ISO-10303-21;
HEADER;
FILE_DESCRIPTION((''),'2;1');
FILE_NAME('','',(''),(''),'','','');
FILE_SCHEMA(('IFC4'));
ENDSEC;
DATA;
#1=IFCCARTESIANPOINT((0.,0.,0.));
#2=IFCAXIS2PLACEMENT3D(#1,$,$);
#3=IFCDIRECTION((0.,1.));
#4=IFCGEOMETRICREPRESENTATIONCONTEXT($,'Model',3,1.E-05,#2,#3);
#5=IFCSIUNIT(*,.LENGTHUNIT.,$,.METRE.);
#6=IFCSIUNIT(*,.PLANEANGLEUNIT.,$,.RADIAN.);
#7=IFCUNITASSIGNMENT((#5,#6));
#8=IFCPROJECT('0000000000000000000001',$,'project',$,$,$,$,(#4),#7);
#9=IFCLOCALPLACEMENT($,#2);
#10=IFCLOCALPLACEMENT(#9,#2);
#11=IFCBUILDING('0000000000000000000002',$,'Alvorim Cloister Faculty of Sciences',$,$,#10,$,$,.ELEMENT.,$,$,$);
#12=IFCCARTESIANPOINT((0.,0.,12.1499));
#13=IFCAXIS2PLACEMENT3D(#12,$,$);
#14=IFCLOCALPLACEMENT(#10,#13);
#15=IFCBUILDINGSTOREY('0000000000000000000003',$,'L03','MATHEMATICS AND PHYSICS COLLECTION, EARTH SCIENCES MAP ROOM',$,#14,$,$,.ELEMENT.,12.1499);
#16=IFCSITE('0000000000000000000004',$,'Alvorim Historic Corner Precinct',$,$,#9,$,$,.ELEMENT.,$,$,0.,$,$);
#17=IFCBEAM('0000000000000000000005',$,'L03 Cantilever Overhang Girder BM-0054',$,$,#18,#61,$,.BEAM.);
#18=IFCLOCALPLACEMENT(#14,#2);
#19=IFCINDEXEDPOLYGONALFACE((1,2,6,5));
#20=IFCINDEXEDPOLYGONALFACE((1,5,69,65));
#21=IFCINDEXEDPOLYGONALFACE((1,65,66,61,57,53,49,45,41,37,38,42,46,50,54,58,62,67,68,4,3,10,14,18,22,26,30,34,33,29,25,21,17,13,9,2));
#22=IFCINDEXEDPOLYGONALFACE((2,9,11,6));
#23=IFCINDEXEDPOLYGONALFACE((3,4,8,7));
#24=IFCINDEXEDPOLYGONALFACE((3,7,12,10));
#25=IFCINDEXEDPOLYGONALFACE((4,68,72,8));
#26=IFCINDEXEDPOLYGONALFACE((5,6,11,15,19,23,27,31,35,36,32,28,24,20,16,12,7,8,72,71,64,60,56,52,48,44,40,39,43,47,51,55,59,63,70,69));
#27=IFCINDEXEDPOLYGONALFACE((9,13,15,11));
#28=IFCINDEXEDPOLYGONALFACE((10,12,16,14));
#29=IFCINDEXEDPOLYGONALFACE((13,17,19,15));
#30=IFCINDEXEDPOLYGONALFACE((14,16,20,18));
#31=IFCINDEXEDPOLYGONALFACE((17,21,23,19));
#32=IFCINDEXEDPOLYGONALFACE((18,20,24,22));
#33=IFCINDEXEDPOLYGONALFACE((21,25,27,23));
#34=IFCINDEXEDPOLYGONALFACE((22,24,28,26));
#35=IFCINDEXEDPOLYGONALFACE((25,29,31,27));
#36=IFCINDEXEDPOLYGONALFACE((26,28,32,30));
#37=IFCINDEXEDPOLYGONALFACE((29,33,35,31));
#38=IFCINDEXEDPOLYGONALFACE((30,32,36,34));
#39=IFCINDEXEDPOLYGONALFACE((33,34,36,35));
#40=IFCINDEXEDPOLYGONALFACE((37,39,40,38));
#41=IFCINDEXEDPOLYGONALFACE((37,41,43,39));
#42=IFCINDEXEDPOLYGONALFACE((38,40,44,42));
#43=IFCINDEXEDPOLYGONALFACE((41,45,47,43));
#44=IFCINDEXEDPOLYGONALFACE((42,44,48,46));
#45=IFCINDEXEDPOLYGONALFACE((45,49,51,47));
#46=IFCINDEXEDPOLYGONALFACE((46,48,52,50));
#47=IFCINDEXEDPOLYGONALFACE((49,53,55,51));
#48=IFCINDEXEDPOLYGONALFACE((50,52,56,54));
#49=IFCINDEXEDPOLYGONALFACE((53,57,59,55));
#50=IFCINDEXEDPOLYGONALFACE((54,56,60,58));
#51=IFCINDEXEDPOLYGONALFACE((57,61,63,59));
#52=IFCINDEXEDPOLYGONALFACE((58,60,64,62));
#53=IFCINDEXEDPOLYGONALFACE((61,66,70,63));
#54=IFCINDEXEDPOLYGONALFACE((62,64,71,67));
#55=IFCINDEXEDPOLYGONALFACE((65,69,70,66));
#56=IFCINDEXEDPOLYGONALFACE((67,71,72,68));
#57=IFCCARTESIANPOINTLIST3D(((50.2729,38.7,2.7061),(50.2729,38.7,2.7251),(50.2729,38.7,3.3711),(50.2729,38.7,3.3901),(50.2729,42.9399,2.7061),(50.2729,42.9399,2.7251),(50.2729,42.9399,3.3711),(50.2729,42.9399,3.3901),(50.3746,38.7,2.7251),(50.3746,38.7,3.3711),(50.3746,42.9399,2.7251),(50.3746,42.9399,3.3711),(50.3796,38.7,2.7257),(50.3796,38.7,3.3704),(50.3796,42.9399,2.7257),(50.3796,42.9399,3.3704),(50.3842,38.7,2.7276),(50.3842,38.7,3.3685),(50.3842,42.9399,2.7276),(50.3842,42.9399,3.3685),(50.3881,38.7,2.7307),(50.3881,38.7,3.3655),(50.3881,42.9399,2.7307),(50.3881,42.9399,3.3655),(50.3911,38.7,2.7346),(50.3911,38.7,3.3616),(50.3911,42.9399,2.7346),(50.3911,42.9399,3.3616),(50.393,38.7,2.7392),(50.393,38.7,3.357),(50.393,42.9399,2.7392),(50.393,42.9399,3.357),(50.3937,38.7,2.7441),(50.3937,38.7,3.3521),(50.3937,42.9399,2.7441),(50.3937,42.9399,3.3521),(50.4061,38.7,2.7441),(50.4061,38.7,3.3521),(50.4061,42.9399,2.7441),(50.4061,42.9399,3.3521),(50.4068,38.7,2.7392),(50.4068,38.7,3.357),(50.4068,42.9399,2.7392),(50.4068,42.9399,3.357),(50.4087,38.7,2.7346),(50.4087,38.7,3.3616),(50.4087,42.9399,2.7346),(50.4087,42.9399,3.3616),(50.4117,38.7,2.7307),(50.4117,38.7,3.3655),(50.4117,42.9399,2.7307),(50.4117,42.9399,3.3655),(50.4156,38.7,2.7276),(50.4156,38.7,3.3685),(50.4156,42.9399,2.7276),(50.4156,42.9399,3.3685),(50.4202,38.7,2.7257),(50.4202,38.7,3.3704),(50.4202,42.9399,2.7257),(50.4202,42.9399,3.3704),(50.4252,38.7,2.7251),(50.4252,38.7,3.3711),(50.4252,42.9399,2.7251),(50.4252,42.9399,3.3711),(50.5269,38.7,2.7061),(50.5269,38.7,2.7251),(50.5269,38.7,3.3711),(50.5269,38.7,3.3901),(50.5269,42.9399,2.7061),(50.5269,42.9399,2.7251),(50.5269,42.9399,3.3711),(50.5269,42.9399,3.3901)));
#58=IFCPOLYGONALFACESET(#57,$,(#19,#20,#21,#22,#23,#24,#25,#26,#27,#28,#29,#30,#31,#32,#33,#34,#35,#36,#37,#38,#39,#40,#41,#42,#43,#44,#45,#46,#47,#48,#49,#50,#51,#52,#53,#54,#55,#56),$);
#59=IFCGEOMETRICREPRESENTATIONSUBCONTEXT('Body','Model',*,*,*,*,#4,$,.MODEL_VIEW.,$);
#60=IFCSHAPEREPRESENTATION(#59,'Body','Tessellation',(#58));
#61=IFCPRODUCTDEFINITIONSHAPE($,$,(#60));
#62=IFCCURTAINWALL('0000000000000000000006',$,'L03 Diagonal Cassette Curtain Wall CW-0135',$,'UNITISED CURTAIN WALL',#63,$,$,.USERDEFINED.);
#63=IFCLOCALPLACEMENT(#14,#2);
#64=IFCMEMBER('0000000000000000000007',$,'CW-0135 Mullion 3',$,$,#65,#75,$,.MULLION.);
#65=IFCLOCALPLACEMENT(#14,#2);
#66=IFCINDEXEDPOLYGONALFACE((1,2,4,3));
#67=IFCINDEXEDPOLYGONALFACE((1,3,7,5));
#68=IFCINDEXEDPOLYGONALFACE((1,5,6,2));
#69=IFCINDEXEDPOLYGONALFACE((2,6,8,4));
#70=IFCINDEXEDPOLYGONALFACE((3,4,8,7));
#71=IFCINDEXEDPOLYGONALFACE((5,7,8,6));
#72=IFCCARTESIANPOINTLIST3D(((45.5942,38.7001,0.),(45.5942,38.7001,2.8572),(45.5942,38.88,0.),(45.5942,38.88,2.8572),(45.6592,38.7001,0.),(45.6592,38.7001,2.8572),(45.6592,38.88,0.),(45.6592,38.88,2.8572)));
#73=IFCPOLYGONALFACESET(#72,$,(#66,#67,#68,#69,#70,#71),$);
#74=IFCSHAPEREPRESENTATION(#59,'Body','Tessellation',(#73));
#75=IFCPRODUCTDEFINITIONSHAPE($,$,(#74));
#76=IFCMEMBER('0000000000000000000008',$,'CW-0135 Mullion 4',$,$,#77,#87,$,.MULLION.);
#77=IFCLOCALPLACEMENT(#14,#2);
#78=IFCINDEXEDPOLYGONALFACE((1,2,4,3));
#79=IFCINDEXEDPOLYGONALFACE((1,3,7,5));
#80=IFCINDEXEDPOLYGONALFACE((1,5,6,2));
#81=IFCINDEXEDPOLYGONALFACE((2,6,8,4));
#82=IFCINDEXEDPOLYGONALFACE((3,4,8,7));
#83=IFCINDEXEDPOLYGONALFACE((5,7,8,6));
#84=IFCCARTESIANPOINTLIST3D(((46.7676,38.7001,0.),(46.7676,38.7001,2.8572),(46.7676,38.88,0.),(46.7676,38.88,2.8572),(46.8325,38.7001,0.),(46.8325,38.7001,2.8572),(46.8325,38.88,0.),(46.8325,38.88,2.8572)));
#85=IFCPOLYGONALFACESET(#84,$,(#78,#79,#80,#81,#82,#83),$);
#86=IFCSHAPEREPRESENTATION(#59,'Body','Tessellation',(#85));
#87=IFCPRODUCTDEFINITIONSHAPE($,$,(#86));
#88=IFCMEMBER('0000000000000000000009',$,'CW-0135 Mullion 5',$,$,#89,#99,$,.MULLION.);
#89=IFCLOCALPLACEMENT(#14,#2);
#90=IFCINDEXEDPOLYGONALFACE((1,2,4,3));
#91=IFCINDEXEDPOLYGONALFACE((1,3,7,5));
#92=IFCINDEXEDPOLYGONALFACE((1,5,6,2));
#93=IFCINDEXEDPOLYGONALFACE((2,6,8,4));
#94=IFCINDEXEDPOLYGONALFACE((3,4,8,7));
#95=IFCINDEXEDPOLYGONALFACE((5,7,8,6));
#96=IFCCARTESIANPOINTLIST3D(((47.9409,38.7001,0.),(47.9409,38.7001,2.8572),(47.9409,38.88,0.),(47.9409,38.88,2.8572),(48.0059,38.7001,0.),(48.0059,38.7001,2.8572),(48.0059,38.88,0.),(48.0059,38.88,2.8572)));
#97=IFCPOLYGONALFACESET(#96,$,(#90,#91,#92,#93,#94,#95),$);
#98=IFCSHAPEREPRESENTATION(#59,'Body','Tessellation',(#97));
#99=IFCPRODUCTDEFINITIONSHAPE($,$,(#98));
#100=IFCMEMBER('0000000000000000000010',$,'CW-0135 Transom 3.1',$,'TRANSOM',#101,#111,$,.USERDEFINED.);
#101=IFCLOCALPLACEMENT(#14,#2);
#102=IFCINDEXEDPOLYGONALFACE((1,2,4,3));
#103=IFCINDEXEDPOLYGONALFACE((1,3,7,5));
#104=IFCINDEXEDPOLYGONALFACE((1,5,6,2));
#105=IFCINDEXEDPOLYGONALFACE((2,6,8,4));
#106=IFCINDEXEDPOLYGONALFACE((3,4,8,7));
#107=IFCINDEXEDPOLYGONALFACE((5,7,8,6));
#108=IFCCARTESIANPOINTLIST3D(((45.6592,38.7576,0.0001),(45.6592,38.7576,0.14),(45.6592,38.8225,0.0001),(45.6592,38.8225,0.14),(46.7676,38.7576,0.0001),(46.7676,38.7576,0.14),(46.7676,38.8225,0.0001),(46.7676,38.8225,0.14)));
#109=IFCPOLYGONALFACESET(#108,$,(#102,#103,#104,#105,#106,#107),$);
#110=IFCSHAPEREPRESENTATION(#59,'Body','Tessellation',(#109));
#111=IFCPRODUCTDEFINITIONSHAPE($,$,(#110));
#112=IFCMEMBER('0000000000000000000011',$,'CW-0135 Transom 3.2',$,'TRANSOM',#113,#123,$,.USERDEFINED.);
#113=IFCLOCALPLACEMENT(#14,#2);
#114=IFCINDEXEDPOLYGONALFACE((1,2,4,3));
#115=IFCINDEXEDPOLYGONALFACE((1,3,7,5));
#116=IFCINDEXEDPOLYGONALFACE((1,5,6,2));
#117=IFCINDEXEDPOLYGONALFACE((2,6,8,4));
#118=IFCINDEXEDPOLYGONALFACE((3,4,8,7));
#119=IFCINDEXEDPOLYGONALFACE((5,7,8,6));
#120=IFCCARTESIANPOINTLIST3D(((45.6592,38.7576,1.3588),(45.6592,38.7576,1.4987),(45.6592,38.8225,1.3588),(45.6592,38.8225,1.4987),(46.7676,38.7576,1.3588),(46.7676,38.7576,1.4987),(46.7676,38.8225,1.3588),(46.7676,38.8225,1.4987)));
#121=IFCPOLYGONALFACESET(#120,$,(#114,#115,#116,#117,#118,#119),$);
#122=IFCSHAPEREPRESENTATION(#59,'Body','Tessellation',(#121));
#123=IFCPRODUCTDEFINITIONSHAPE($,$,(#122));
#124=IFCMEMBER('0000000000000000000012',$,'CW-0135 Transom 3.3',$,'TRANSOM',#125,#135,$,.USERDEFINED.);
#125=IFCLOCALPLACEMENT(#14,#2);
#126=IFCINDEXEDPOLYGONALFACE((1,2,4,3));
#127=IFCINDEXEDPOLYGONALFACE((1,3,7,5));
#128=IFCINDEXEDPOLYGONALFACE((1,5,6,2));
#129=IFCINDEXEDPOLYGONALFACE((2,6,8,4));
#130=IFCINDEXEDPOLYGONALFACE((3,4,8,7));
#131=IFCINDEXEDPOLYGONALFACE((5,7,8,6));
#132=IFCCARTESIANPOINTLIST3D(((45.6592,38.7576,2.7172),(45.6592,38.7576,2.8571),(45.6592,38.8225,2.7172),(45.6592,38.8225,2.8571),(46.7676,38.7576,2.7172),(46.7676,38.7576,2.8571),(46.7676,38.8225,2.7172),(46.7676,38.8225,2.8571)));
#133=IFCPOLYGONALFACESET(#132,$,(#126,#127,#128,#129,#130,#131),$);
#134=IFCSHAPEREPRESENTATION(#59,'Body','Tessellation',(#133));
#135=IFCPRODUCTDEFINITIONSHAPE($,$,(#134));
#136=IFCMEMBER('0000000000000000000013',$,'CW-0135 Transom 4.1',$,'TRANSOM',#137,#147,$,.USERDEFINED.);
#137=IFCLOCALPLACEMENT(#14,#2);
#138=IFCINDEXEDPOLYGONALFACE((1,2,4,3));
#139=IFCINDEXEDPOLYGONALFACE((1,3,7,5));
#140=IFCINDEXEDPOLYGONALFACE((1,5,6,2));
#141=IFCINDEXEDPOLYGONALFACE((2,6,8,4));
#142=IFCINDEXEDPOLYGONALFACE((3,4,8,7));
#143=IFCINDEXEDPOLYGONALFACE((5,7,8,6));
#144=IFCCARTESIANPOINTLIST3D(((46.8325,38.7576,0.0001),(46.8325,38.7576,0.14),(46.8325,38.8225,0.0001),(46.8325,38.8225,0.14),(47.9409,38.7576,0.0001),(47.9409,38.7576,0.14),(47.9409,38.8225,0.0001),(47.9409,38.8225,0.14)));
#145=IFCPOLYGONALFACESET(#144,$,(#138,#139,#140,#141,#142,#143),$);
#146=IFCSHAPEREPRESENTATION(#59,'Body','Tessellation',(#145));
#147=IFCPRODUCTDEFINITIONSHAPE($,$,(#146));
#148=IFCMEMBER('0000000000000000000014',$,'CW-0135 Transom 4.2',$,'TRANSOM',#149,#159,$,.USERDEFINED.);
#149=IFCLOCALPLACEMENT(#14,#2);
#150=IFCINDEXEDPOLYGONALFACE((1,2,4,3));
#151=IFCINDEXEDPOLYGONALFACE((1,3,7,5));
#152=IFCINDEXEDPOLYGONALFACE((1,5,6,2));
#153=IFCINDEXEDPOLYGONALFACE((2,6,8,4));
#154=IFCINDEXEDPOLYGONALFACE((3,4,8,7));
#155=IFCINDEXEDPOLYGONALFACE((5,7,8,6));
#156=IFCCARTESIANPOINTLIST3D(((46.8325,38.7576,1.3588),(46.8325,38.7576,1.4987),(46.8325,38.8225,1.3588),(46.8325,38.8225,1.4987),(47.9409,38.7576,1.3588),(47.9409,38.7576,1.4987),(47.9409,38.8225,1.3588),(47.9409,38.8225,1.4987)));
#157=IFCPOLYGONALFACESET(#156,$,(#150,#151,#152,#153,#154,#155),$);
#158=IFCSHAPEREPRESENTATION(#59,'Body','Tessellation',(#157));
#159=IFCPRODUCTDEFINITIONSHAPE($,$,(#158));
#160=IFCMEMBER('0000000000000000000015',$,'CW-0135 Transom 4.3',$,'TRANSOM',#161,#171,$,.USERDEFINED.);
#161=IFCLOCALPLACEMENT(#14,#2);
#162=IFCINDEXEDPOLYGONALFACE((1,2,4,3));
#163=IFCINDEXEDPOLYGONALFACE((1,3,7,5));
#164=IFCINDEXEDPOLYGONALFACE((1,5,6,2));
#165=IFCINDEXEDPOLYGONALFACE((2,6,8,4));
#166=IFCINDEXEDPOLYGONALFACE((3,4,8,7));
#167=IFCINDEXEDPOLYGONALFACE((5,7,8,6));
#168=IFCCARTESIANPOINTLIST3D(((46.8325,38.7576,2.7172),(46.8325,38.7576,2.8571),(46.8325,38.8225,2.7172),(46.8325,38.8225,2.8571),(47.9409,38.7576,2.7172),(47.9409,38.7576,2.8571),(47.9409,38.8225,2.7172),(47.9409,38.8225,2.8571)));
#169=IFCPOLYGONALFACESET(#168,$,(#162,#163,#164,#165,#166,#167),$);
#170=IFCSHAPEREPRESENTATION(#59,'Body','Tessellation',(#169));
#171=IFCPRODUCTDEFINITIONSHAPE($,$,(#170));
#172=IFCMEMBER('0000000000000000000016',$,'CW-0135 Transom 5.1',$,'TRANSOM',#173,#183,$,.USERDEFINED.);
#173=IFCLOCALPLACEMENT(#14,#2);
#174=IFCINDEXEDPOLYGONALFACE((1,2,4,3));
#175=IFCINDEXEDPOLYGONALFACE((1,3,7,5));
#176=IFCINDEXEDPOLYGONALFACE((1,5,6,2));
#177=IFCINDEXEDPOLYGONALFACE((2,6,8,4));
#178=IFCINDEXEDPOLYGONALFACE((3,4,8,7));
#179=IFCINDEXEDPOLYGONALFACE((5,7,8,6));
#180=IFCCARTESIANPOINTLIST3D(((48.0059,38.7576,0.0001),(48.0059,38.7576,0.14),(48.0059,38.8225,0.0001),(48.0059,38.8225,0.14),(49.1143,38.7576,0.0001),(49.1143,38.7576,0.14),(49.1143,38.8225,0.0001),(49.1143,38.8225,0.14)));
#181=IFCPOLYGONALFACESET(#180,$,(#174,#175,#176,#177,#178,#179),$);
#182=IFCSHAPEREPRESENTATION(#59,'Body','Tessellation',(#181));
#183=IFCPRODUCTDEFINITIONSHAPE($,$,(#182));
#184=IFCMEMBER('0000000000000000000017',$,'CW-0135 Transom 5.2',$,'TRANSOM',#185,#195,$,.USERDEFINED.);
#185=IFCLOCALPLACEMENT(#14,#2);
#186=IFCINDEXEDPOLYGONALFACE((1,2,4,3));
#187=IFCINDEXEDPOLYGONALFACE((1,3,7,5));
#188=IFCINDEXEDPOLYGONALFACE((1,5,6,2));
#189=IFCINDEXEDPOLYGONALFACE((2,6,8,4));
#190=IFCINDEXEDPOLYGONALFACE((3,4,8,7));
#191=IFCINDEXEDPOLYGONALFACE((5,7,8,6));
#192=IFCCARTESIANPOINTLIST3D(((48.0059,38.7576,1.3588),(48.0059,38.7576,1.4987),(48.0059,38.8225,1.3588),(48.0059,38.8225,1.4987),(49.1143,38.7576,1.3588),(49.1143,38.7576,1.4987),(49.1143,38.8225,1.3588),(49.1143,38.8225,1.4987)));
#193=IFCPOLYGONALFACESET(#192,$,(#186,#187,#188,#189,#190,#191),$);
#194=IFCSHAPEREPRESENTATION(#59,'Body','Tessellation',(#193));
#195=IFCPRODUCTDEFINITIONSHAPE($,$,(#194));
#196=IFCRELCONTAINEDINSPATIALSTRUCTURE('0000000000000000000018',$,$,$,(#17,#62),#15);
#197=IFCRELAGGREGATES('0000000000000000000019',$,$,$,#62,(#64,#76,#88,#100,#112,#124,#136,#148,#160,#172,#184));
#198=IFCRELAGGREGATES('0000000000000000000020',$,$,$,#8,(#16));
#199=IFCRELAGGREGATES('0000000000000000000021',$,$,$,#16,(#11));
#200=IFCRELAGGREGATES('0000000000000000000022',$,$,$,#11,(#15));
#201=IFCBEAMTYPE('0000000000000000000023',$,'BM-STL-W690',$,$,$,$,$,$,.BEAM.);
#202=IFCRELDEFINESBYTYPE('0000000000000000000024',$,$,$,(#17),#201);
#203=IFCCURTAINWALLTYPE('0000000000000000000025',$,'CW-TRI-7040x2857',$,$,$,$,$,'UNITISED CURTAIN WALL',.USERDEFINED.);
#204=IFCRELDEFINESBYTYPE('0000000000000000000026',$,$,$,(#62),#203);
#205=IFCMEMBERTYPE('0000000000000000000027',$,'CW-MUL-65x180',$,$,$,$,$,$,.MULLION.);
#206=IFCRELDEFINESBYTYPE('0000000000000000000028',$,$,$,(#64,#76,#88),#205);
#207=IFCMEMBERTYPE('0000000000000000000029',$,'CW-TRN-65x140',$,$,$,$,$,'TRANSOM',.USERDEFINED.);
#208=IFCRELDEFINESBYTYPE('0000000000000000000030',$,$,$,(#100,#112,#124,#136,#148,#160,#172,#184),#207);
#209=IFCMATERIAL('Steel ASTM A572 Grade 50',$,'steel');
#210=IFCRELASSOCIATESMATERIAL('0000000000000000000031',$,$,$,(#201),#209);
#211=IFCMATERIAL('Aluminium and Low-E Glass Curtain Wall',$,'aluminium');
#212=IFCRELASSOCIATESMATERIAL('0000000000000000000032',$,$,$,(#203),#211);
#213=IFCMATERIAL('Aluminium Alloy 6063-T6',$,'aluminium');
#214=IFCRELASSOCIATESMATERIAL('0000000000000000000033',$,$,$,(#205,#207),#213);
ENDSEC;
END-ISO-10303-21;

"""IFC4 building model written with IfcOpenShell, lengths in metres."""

from ifc_helpers import new_model, si_unit, direction, frame, origin, origin_2d, place, context, subcontext, project, spatial, rectangle, i_section, extrude, material, material_profile, profile_set, type_object, element, aggregate, save


model = new_model("IFC4")

# Units and contexts
model_context = context("Model", 3, precision=1e-05, world=origin(), true_north=direction((0.0, 1.0)))
body_context = subcontext(model_context, "Body", "Model", "MODEL_VIEW")
ifc_project = project(units=[si_unit("LENGTHUNIT", "METRE"), si_unit("PLANEANGLEUNIT", "RADIAN")], contexts=[model_context])

# Site, building, storey
site_placement = place(None, origin())
site = spatial("IfcSite", under=ifc_project, at=site_placement, Name="Alvorim Historic Corner Precinct", CompositionType="ELEMENT", RefElevation=0.0)
building_placement = place(site_placement, origin())
building = spatial("IfcBuilding", under=site, at=building_placement, Name="Alvorim Cloister Faculty of Sciences", CompositionType="ELEMENT")
storey_placement = place(building_placement, frame((0.0, 0.0, 12.1499)))
storey = spatial("IfcBuildingStorey", under=building, at=storey_placement, Name="L03", Description="MATHEMATICS AND PHYSICS COLLECTION, EARTH SCIENCES MAP ROOM", CompositionType="ELEMENT", Elevation=12.1499)

# Beam
ifc_material_1 = material(Name="Steel ASTM A572 Grade 50", Category="steel")
ifc_material_profile_1 = material_profile(ifc_material_1, i_section(OverallWidth=0.2539, OverallDepth=0.6841, WebThickness=0.0125, FlangeThickness=0.019, FilletRadius=0.019, at=origin_2d()), Name="W690x140.0")
ifc_profile_set_1 = profile_set([ifc_material_profile_1], Name="Steel ASTM A572 Grade 50")
beam_type = type_object("IfcBeamType", Name="BM-STL-W690", PredefinedType="BEAM", material=ifc_profile_set_1)
beam_placement = place(storey_placement, frame((50.3999, 38.7, 3.0481), z_axis=(0.0, 1.0, 0.0), x_axis=(-1.0, 0.0, 0.0)))
element("IfcBeam", 1, at=beam_placement, inside=storey, type_object=beam_type, Name="L03 Cantilever Overhang Girder BM-0054", PredefinedType="BEAM", context=body_context, shape_type="SweptSolid", body=[
    extrude(i_section(OverallWidth=0.2539, OverallDepth=0.6841, WebThickness=0.0125, FlangeThickness=0.019, FilletRadius=0.019, at=origin_2d()), origin(), (0.0, 0.0, 1.0), 4.24),
])

# Curtain wall, members
ifc_material_2 = material(Name="Aluminium and Low-E Glass Curtain Wall", Category="aluminium")
curtain_wall_type = type_object("IfcCurtainWallType", Name="CW-TRI-7040x2857", ElementType="UNITISED CURTAIN WALL", PredefinedType="USERDEFINED", material=ifc_material_2)
curtain_wall_placement = place(storey_placement, origin())
curtain_wall = element("IfcCurtainWall", 2, at=curtain_wall_placement, inside=storey, type_object=curtain_wall_type, Name="L03 Diagonal Cassette Curtain Wall CW-0135", ObjectType="UNITISED CURTAIN WALL", PredefinedType="USERDEFINED")
ifc_material_3 = material(Name="Aluminium Alloy 6063-T6", Category="aluminium")
ifc_material_profile_2 = material_profile(ifc_material_3, rectangle(XDim=0.0649, YDim=0.1799, at=origin_2d()), Name="ALU-MUL-65x180")
ifc_profile_set_2 = profile_set([ifc_material_profile_2], Name="Aluminium Alloy 6063-T6")
member_type_1 = type_object("IfcMemberType", Name="CW-MUL-65x180", PredefinedType="MULLION", material=ifc_profile_set_2)
member_1_placement = place(storey_placement, frame((45.6267, 38.79, 0.0), z_axis=(0.0, 0.0, 1.0), x_axis=(1.0, 0.0, 0.0)))
member_1 = element("IfcMember", 3, at=member_1_placement, type_object=member_type_1, Name="CW-0135 Mullion 3", PredefinedType="MULLION", context=body_context, shape_type="SweptSolid", body=[
    extrude(rectangle(XDim=0.0649, YDim=0.1799, at=origin_2d()), origin(), (0.0, 0.0, 1.0), 2.8572),
])
member_2_placement = place(storey_placement, frame((46.8, 38.79, 0.0), z_axis=(0.0, 0.0, 1.0), x_axis=(1.0, 0.0, 0.0)))
member_2 = element("IfcMember", 4, at=member_2_placement, type_object=member_type_1, Name="CW-0135 Mullion 4", PredefinedType="MULLION", context=body_context, shape_type="SweptSolid", body=[
    extrude(rectangle(XDim=0.0649, YDim=0.1799, at=origin_2d()), origin(), (0.0, 0.0, 1.0), 2.8572),
])
member_3_placement = place(storey_placement, frame((47.9734, 38.79, 0.0), z_axis=(0.0, 0.0, 1.0), x_axis=(1.0, 0.0, 0.0)))
member_3 = element("IfcMember", 5, at=member_3_placement, type_object=member_type_1, Name="CW-0135 Mullion 5", PredefinedType="MULLION", context=body_context, shape_type="SweptSolid", body=[
    extrude(rectangle(XDim=0.0649, YDim=0.1799, at=origin_2d()), origin(), (0.0, 0.0, 1.0), 2.8572),
])
ifc_material_profile_3 = material_profile(ifc_material_3, rectangle(XDim=0.0649, YDim=0.1399, at=origin_2d()), Name="ALU-TRN-65x140")
ifc_profile_set_3 = profile_set([ifc_material_profile_3], Name="Aluminium Alloy 6063-T6")
member_type_2 = type_object("IfcMemberType", Name="CW-TRN-65x140", ElementType="TRANSOM", PredefinedType="USERDEFINED", material=ifc_profile_set_3)
member_4_placement = place(storey_placement, frame((45.6592, 38.79, 0.0701), z_axis=(1.0, 0.0, 0.0), x_axis=(0.0, 1.0, 0.0)))
member_4 = element("IfcMember", 6, at=member_4_placement, type_object=member_type_2, Name="CW-0135 Transom 3.1", ObjectType="TRANSOM", PredefinedType="USERDEFINED", context=body_context, shape_type="SweptSolid", body=[
    extrude(rectangle(XDim=0.0649, YDim=0.1399, at=origin_2d()), origin(), (0.0, 0.0, 1.0), 1.1084),
])
member_5_placement = place(storey_placement, frame((45.6592, 38.79, 1.4287), z_axis=(1.0, 0.0, 0.0), x_axis=(0.0, 1.0, 0.0)))
member_5 = element("IfcMember", 7, at=member_5_placement, type_object=member_type_2, Name="CW-0135 Transom 3.2", ObjectType="TRANSOM", PredefinedType="USERDEFINED", context=body_context, shape_type="SweptSolid", body=[
    extrude(rectangle(XDim=0.0649, YDim=0.1399, at=origin_2d()), origin(), (0.0, 0.0, 1.0), 1.1084),
])
member_6_placement = place(storey_placement, frame((45.6592, 38.79, 2.7871), z_axis=(1.0, 0.0, 0.0), x_axis=(0.0, 1.0, 0.0)))
member_6 = element("IfcMember", 8, at=member_6_placement, type_object=member_type_2, Name="CW-0135 Transom 3.3", ObjectType="TRANSOM", PredefinedType="USERDEFINED", context=body_context, shape_type="SweptSolid", body=[
    extrude(rectangle(XDim=0.0649, YDim=0.1399, at=origin_2d()), origin(), (0.0, 0.0, 1.0), 1.1084),
])
member_7_placement = place(storey_placement, frame((46.8325, 38.79, 0.0701), z_axis=(1.0, 0.0, 0.0), x_axis=(0.0, 1.0, 0.0)))
member_7 = element("IfcMember", 9, at=member_7_placement, type_object=member_type_2, Name="CW-0135 Transom 4.1", ObjectType="TRANSOM", PredefinedType="USERDEFINED", context=body_context, shape_type="SweptSolid", body=[
    extrude(rectangle(XDim=0.0649, YDim=0.1399, at=origin_2d()), origin(), (0.0, 0.0, 1.0), 1.1084),
])
member_8_placement = place(storey_placement, frame((46.8325, 38.79, 1.4287), z_axis=(1.0, 0.0, 0.0), x_axis=(0.0, 1.0, 0.0)))
member_8 = element("IfcMember", 10, at=member_8_placement, type_object=member_type_2, Name="CW-0135 Transom 4.2", ObjectType="TRANSOM", PredefinedType="USERDEFINED", context=body_context, shape_type="SweptSolid", body=[
    extrude(rectangle(XDim=0.0649, YDim=0.1399, at=origin_2d()), origin(), (0.0, 0.0, 1.0), 1.1084),
])
member_9_placement = place(storey_placement, frame((46.8325, 38.79, 2.7871), z_axis=(1.0, 0.0, 0.0), x_axis=(0.0, 1.0, 0.0)))
member_9 = element("IfcMember", 11, at=member_9_placement, type_object=member_type_2, Name="CW-0135 Transom 4.3", ObjectType="TRANSOM", PredefinedType="USERDEFINED", context=body_context, shape_type="SweptSolid", body=[
    extrude(rectangle(XDim=0.0649, YDim=0.1399, at=origin_2d()), origin(), (0.0, 0.0, 1.0), 1.1084),
])
member_10_placement = place(storey_placement, frame((48.0059, 38.79, 0.0701), z_axis=(1.0, 0.0, 0.0), x_axis=(0.0, 1.0, 0.0)))
member_10 = element("IfcMember", 12, at=member_10_placement, type_object=member_type_2, Name="CW-0135 Transom 5.1", ObjectType="TRANSOM", PredefinedType="USERDEFINED", context=body_context, shape_type="SweptSolid", body=[
    extrude(rectangle(XDim=0.0649, YDim=0.1399, at=origin_2d()), origin(), (0.0, 0.0, 1.0), 1.1084),
])
member_11_placement = place(storey_placement, frame((48.0059, 38.79, 1.4287), z_axis=(1.0, 0.0, 0.0), x_axis=(0.0, 1.0, 0.0)))
member_11 = element("IfcMember", 13, at=member_11_placement, type_object=member_type_2, Name="CW-0135 Transom 5.2", ObjectType="TRANSOM", PredefinedType="USERDEFINED", context=body_context, shape_type="SweptSolid", body=[
    extrude(rectangle(XDim=0.0649, YDim=0.1399, at=origin_2d()), origin(), (0.0, 0.0, 1.0), 1.1084),
])
aggregate(curtain_wall, [member_1, member_2, member_3, member_4, member_5, member_6, member_7, member_8, member_9, member_10, member_11])

save(model, "model.ifc")
